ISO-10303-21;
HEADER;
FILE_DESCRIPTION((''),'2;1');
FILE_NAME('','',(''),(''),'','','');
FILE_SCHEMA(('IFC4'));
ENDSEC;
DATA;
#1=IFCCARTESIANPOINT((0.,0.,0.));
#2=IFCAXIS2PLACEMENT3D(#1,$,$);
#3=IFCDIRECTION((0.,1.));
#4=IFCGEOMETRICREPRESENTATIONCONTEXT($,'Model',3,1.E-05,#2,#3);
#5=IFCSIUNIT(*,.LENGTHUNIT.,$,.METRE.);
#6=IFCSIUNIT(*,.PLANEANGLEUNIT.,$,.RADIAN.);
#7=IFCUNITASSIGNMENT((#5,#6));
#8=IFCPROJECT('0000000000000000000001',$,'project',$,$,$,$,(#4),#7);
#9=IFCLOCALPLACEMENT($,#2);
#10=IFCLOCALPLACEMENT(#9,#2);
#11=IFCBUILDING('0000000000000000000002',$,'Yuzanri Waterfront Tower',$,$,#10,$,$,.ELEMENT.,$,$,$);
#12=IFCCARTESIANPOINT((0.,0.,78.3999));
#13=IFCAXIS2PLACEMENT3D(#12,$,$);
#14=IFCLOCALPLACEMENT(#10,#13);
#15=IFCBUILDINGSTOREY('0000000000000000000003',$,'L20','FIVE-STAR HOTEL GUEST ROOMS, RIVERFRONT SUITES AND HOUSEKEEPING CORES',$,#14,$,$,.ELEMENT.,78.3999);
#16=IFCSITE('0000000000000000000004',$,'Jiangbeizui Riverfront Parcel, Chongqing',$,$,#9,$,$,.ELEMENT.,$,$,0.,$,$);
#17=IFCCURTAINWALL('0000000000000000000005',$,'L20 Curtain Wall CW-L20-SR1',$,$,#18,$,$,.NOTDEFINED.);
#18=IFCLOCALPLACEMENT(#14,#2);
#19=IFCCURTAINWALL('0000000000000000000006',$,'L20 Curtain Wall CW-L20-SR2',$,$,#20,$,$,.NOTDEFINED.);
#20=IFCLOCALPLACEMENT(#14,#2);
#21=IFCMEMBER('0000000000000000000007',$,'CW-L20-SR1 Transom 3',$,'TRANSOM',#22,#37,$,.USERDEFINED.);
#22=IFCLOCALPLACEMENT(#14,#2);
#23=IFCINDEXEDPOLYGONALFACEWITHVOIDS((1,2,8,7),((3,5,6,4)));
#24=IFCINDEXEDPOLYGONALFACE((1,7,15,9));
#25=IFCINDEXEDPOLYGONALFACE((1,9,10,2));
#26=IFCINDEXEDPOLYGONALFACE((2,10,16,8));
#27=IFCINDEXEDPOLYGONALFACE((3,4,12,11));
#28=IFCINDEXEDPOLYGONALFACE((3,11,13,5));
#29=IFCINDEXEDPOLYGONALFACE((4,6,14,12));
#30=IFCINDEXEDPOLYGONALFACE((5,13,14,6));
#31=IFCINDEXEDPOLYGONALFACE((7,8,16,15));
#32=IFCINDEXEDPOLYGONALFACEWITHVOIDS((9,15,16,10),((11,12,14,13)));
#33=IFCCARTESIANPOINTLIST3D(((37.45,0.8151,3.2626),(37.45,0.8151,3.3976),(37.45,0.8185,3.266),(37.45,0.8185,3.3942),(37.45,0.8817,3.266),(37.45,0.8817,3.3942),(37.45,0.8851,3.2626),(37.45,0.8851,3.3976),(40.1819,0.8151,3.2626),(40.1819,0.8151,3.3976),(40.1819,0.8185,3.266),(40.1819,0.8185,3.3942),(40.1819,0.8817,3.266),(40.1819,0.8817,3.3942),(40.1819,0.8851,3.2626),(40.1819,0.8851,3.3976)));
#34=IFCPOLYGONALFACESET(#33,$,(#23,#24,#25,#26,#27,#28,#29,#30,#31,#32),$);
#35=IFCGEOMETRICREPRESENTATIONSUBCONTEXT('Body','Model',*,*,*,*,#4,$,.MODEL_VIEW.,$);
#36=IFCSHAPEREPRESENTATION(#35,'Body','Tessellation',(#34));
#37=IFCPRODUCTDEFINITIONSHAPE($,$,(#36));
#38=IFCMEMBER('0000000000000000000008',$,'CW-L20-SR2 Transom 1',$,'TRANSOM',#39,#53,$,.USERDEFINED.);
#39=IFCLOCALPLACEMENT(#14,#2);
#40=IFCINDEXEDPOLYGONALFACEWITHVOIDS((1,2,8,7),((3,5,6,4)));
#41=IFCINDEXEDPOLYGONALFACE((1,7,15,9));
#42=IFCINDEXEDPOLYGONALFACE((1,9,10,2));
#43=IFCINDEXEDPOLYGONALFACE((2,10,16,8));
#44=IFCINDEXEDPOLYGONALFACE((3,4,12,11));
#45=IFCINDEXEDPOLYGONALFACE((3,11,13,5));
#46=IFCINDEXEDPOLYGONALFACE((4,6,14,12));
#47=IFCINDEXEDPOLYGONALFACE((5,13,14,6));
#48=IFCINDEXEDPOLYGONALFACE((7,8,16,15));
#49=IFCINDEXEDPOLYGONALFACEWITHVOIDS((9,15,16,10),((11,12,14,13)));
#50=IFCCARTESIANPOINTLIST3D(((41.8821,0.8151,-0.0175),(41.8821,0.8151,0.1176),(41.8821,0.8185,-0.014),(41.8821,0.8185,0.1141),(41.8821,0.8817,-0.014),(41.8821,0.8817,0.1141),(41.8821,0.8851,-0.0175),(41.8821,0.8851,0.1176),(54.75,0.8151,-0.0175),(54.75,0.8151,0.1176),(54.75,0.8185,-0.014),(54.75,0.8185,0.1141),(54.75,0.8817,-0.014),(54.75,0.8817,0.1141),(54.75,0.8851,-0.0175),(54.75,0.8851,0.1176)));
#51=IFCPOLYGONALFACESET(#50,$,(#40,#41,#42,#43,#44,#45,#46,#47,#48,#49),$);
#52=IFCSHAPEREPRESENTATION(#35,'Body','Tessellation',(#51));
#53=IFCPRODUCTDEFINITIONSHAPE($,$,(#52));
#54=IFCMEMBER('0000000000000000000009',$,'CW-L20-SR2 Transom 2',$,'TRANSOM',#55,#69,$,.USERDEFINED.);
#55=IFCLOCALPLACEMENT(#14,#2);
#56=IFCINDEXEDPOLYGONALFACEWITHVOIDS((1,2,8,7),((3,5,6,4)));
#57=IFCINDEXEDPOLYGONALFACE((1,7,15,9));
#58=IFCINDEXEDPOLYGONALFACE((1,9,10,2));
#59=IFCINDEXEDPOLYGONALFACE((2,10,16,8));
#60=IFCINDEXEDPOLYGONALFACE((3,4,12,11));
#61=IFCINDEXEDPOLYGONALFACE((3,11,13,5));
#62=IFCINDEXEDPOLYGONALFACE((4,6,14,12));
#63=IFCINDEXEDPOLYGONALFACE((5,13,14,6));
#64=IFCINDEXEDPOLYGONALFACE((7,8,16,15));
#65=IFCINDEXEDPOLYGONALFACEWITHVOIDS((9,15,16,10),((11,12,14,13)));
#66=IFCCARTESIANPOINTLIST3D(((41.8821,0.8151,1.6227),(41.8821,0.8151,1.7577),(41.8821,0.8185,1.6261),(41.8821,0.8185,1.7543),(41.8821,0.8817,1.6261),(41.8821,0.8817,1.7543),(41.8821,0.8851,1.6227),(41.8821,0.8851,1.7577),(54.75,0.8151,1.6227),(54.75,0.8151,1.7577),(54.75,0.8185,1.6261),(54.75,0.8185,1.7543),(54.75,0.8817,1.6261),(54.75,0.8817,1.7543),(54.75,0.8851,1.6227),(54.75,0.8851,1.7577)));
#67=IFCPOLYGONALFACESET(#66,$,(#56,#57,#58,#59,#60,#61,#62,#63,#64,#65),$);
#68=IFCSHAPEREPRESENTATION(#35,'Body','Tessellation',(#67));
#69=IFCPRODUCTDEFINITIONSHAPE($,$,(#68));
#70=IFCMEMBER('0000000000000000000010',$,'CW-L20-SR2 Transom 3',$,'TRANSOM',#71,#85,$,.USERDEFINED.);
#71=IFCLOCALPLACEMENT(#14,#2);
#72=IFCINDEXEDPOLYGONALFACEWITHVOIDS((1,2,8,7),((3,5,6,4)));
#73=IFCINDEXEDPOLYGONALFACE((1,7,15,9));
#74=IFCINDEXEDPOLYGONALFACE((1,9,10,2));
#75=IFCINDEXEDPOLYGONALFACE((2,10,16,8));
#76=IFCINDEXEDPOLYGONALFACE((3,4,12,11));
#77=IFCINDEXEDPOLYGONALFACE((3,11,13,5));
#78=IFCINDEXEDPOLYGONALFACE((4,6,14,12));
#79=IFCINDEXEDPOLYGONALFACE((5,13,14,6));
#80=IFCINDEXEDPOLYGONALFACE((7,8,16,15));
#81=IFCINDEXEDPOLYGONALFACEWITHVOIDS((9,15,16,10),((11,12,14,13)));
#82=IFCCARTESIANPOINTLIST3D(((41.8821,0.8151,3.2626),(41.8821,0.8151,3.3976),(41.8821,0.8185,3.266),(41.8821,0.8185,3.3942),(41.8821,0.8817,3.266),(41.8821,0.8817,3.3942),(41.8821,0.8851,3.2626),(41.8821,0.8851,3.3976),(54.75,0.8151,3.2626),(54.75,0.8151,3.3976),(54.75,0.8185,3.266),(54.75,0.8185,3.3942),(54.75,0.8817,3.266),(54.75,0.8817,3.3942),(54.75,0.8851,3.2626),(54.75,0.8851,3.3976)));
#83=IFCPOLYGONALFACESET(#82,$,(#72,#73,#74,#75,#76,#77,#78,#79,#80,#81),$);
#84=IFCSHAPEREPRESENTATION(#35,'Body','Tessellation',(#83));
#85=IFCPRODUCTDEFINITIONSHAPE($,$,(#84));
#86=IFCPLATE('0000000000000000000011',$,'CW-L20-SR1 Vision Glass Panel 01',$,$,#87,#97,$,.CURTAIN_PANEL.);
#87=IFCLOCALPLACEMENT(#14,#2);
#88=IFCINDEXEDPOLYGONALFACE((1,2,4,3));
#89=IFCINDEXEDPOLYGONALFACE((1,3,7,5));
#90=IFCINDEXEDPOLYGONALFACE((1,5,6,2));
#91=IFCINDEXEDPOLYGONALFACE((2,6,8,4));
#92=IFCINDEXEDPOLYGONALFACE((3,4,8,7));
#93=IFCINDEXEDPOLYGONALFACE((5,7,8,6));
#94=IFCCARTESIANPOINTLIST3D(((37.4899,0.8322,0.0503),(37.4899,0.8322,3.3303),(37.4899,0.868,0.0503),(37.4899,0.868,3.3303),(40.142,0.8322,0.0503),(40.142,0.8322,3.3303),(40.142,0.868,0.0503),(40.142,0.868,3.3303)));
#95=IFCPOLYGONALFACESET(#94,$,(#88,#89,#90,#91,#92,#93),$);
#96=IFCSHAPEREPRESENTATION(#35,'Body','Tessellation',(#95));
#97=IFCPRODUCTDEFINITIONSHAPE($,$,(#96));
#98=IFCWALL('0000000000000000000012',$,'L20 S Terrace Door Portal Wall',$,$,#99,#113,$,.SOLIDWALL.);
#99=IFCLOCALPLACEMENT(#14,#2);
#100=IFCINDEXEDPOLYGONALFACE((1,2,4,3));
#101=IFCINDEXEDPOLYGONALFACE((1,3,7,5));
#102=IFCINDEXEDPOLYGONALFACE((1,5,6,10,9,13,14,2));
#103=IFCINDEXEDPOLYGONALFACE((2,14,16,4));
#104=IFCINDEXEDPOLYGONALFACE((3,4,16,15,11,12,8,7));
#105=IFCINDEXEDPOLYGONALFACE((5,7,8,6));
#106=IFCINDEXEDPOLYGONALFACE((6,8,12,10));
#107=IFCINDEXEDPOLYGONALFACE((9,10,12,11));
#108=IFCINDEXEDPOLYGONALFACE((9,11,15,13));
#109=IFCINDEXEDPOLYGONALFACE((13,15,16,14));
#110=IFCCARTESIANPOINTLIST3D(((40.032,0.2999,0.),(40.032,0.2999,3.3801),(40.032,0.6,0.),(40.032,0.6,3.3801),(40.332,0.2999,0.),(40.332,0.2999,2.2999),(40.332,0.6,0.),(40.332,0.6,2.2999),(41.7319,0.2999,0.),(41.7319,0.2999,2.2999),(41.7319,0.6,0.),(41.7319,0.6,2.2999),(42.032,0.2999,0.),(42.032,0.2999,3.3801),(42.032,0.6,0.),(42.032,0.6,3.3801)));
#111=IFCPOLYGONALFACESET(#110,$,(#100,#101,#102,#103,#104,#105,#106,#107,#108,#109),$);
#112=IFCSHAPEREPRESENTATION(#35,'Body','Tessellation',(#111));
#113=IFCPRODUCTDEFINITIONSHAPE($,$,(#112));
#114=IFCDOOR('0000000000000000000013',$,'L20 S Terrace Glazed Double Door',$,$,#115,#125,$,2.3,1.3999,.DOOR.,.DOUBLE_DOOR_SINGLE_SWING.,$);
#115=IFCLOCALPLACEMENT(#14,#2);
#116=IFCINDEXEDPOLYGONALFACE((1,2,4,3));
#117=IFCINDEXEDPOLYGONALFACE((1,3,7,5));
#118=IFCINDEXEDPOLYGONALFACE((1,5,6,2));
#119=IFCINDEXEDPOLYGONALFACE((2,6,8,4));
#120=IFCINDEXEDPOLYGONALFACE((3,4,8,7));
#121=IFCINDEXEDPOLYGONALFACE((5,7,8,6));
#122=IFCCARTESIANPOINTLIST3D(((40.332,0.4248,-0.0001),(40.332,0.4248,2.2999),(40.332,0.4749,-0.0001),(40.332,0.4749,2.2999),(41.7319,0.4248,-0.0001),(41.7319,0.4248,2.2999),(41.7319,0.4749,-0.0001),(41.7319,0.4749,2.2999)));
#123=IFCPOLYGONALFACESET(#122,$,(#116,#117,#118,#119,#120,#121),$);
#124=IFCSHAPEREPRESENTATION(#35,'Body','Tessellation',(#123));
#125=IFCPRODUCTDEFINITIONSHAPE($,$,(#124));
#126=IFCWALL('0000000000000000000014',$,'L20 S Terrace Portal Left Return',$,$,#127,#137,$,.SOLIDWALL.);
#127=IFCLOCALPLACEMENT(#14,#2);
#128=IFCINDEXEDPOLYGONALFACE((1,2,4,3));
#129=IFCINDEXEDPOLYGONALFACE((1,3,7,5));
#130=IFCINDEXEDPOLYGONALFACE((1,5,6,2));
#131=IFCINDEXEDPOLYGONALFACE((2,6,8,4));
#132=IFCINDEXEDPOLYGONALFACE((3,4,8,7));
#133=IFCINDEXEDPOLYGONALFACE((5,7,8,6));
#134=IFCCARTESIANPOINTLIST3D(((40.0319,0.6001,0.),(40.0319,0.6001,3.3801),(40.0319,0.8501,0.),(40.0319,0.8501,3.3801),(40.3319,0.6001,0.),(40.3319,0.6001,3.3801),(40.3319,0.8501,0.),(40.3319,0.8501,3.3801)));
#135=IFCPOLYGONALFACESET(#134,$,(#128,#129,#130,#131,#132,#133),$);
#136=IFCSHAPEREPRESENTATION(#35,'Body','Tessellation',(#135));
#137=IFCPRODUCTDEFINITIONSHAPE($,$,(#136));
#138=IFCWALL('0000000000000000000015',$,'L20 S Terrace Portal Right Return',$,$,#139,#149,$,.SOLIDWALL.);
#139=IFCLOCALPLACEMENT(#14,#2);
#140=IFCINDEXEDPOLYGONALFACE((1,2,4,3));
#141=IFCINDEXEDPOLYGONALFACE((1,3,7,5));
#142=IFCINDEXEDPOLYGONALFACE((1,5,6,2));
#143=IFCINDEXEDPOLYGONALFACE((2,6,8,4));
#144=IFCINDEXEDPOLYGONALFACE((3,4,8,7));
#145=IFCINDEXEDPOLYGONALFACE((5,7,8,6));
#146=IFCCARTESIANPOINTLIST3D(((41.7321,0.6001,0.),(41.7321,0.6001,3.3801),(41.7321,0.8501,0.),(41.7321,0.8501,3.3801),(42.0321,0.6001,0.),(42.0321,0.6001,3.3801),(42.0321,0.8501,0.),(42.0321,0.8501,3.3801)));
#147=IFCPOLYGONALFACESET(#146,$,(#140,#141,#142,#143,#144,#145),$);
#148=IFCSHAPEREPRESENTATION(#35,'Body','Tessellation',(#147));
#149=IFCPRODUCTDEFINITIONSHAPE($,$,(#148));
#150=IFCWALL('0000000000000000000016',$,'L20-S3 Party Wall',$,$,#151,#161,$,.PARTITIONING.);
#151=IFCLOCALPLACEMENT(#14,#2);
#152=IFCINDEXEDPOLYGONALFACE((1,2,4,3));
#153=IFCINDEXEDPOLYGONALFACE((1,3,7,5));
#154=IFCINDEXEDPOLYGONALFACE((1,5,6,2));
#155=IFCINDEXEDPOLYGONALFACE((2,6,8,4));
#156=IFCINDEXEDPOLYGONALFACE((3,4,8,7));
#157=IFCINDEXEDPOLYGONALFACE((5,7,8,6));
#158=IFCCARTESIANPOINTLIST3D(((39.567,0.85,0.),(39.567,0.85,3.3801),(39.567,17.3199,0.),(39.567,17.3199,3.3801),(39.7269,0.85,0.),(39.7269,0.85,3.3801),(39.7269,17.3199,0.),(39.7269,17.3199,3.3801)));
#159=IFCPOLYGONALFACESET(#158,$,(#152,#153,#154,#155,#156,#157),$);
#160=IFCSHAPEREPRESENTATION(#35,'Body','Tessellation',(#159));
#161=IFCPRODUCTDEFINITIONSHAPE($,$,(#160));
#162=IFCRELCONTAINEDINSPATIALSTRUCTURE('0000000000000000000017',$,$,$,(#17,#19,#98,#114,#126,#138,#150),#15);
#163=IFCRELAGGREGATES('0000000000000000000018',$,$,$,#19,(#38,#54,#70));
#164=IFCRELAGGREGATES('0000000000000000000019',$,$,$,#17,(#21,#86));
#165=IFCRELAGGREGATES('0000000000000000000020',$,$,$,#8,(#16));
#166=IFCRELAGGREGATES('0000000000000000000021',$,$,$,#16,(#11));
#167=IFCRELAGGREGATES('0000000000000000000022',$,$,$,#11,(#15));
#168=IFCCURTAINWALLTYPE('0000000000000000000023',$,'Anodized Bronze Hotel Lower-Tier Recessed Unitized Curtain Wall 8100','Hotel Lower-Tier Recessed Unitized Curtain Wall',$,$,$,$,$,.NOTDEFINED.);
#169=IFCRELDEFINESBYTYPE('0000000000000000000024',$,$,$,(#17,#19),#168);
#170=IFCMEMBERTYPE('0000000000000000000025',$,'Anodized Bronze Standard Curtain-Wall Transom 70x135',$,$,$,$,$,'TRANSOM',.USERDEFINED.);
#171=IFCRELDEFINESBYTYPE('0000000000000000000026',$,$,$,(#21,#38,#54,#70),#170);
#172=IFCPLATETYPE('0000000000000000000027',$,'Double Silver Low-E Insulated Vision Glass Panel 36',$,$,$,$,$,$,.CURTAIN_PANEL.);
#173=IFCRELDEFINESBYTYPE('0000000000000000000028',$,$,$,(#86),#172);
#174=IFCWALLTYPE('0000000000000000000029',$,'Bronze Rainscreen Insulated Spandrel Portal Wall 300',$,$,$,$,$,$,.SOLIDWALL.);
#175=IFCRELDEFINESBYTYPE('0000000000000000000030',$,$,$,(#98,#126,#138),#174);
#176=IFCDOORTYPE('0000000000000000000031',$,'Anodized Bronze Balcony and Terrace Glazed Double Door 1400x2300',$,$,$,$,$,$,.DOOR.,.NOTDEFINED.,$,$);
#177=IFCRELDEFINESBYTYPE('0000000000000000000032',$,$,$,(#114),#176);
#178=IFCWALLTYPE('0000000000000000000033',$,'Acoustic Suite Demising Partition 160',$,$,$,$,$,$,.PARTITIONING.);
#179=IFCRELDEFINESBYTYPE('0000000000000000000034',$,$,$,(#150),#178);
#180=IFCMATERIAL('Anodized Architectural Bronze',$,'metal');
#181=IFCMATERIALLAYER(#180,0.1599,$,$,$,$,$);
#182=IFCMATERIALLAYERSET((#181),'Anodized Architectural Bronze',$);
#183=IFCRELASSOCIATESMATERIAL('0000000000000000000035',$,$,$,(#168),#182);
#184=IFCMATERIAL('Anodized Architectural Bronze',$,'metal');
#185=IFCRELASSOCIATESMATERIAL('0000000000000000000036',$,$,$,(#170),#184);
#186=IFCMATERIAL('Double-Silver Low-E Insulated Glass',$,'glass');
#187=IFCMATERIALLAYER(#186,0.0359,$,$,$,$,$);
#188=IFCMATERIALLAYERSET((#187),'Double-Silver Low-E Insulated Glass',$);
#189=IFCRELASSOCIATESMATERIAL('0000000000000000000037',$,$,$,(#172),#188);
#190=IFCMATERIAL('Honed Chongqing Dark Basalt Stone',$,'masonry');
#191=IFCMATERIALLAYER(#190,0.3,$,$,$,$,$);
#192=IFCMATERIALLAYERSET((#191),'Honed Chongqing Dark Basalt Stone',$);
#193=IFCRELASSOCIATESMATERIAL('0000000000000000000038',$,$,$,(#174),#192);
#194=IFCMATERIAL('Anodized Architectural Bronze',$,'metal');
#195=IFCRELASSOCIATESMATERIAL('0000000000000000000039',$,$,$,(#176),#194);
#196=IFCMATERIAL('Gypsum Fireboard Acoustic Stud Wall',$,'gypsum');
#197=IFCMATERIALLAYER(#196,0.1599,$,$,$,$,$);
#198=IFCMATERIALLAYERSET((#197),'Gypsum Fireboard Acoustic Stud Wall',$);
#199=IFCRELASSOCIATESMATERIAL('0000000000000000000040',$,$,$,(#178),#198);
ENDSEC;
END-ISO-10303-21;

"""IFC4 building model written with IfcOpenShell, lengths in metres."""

from ifc_helpers import new_model, si_unit, direction, frame, frame_2d, origin, origin_2d, place, context, subcontext, project, spatial, rectangle, hollow_rectangle, extrude, source, transform, mapped, material, layer, layer_set, material_profile, profile_set, type_object, element, fill, aggregate, save


model = new_model("IFC4")

# Units and contexts
model_context = context("Model", 3, precision=1e-05, world=origin(), true_north=direction((0.0, 1.0)))
body_context = subcontext(model_context, "Body", "Model", "MODEL_VIEW")
ifc_project = project(units=[si_unit("LENGTHUNIT", "METRE"), si_unit("PLANEANGLEUNIT", "RADIAN")], contexts=[model_context])

# Site, building, storey
site_placement = place(None, origin())
site = spatial("IfcSite", under=ifc_project, at=site_placement, Name="Jiangbeizui Riverfront Parcel, Chongqing", CompositionType="ELEMENT", RefElevation=0.0)
building_placement = place(site_placement, origin())
building = spatial("IfcBuilding", under=site, at=building_placement, Name="Yuzanri Waterfront Tower", CompositionType="ELEMENT")
storey_placement = place(building_placement, frame((0.0, 0.0, 78.3999)))
storey = spatial("IfcBuildingStorey", under=building, at=storey_placement, Name="L20", Description="FIVE-STAR HOTEL GUEST ROOMS, RIVERFRONT SUITES AND HOUSEKEEPING CORES", CompositionType="ELEMENT", Elevation=78.3999)

# Curtain walls
ifc_material_1 = material(Name="Anodized Architectural Bronze", Category="metal")
ifc_layer_1 = layer(ifc_material_1, 0.1599)
ifc_layer_set_1 = layer_set([ifc_layer_1], Name="Anodized Architectural Bronze")
curtain_wall_type = type_object("IfcCurtainWallType", Name="Anodized Bronze Hotel Lower-Tier Recessed Unitized Curtain Wall 8100", Description="Hotel Lower-Tier Recessed Unitized Curtain Wall", PredefinedType="NOTDEFINED", material=ifc_layer_set_1)
curtain_wall_1_placement = place(storey_placement, origin())
curtain_wall_1 = element("IfcCurtainWall", 1, at=curtain_wall_1_placement, inside=storey, type_object=curtain_wall_type, Name="L20 Curtain Wall CW-L20-SR1", PredefinedType="NOTDEFINED")
curtain_wall_2_placement = place(storey_placement, origin())
curtain_wall_2 = element("IfcCurtainWall", 2, at=curtain_wall_2_placement, inside=storey, type_object=curtain_wall_type, Name="L20 Curtain Wall CW-L20-SR2", PredefinedType="NOTDEFINED")

# Members
ifc_material_2 = material(Name="Anodized Architectural Bronze", Category="metal")
ifc_material_profile_1 = material_profile(ifc_material_2, hollow_rectangle(XDim=0.0701, YDim=0.135, WallThickness=0.0034, at=origin_2d()), Name="CWT 70x135")
ifc_profile_set_1 = profile_set([ifc_material_profile_1], Name="Anodized Architectural Bronze")
member_type_1 = type_object("IfcMemberType", Name="Anodized Bronze Standard Curtain-Wall Transom 70x135", ElementType="TRANSOM", PredefinedType="USERDEFINED", material=ifc_profile_set_1)
shared_shape_1 = source(origin(), body_context, "Body", "SweptSolid", [
    extrude(hollow_rectangle(XDim=0.0701, YDim=0.135, WallThickness=0.0034, at=origin_2d()), origin(), (0.0, 0.0, 1.0), 2.7319),
])
member_1_placement = place(storey_placement, frame((37.45, 0.8501, 3.3301), z_axis=(1.0, 0.0, 0.0), x_axis=(0.0, 1.0, 0.0)))
member_1 = element("IfcMember", 3, at=member_1_placement, type_object=member_type_1, Name="CW-L20-SR1 Transom 3", ObjectType="TRANSOM", PredefinedType="USERDEFINED", context=body_context, shape_type="MappedRepresentation", body=[
    mapped(shared_shape_1, transform((0.0, 0.0, 0.0), scale=1.0)),
])
shared_shape_2 = source(origin(), body_context, "Body", "SweptSolid", [
    extrude(hollow_rectangle(XDim=0.0701, YDim=0.135, WallThickness=0.0034, at=origin_2d()), origin(), (0.0, 0.0, 1.0), 12.8679),
])
member_2_placement = place(storey_placement, frame((41.8821, 0.8501, 0.05), z_axis=(1.0, 0.0, 0.0), x_axis=(0.0, 1.0, 0.0)))
member_2 = element("IfcMember", 4, at=member_2_placement, type_object=member_type_1, Name="CW-L20-SR2 Transom 1", ObjectType="TRANSOM", PredefinedType="USERDEFINED", context=body_context, shape_type="MappedRepresentation", body=[
    mapped(shared_shape_2, transform((0.0, 0.0, 0.0), scale=1.0)),
])
member_3_placement = place(storey_placement, frame((41.8821, 0.8501, 1.6902), z_axis=(1.0, 0.0, 0.0), x_axis=(0.0, 1.0, 0.0)))
member_3 = element("IfcMember", 5, at=member_3_placement, type_object=member_type_1, Name="CW-L20-SR2 Transom 2", ObjectType="TRANSOM", PredefinedType="USERDEFINED", context=body_context, shape_type="MappedRepresentation", body=[
    mapped(shared_shape_2, transform((0.0, 0.0, 0.0), scale=1.0)),
])
member_4_placement = place(storey_placement, frame((41.8821, 0.8501, 3.3301), z_axis=(1.0, 0.0, 0.0), x_axis=(0.0, 1.0, 0.0)))
member_4 = element("IfcMember", 6, at=member_4_placement, type_object=member_type_1, Name="CW-L20-SR2 Transom 3", ObjectType="TRANSOM", PredefinedType="USERDEFINED", context=body_context, shape_type="MappedRepresentation", body=[
    mapped(shared_shape_2, transform((0.0, 0.0, 0.0), scale=1.0)),
])
aggregate(curtain_wall_2, [member_2, member_3, member_4])

# Plate
ifc_material_3 = material(Name="Double-Silver Low-E Insulated Glass", Category="glass")
ifc_layer_2 = layer(ifc_material_3, 0.0359)
ifc_layer_set_2 = layer_set([ifc_layer_2], Name="Double-Silver Low-E Insulated Glass")
plate_type = type_object("IfcPlateType", Name="Double Silver Low-E Insulated Vision Glass Panel 36", PredefinedType="CURTAIN_PANEL", material=ifc_layer_set_2)
shared_shape_3 = source(origin(), body_context, "Body", "SweptSolid", [
    extrude(rectangle(XDim=2.6521, YDim=0.0359, at=origin_2d()), origin(), (0.0, 0.0, 1.0), 3.28),
])
plate_placement = place(storey_placement, frame((38.8159, 0.8501, 0.0503), z_axis=(0.0, 0.0, 1.0), x_axis=(1.0, 0.0, 0.0)))
plate = element("IfcPlate", 7, at=plate_placement, type_object=plate_type, Name="CW-L20-SR1 Vision Glass Panel 01", PredefinedType="CURTAIN_PANEL", context=body_context, shape_type="MappedRepresentation", body=[
    mapped(shared_shape_3, transform((0.0, 0.0, 0.0), scale=1.0)),
])
aggregate(curtain_wall_1, [member_1, plate])

# Wall, opening, door
ifc_material_4 = material(Name="Honed Chongqing Dark Basalt Stone", Category="masonry")
ifc_layer_3 = layer(ifc_material_4, 0.3)
ifc_layer_set_3 = layer_set([ifc_layer_3], Name="Honed Chongqing Dark Basalt Stone")
wall_type_1 = type_object("IfcWallType", Name="Bronze Rainscreen Insulated Spandrel Portal Wall 300", PredefinedType="SOLIDWALL", material=ifc_layer_set_3)
wall_1_placement = place(storey_placement, frame((40.032, 0.45, 0.0), z_axis=(0.0, 0.0, 1.0), x_axis=(1.0, 0.0, 0.0)))
wall_1 = element("IfcWall", 8, at=wall_1_placement, inside=storey, type_object=wall_type_1, Name="L20 S Terrace Door Portal Wall", PredefinedType="SOLIDWALL", context=body_context, shape_type="SweptSolid", body=[
    extrude(rectangle(XDim=2.0, YDim=0.3, at=frame_2d((1.0, 0.0))), origin(), (0.0, 0.0, 1.0), 3.3801),
])
opening_placement = place(wall_1_placement, frame((0.3, 0.0, 0.0)))
opening = element("IfcOpeningElement", 9, at=opening_placement, cuts=wall_1, PredefinedType="OPENING", context=body_context, shape_type="SweptSolid", body=[
    extrude(rectangle(XDim=1.3999, YDim=2.3, at=frame_2d((0.7, 1.1499))), frame((0.0, 0.165, 0.0), z_axis=(0.0, -1.0, 0.0), x_axis=(1.0, 0.0, 0.0)), (0.0, 0.0, 1.0), 0.3298),
])
ifc_material_5 = material(Name="Anodized Architectural Bronze", Category="metal")
door_type = type_object("IfcDoorType", Name="Anodized Bronze Balcony and Terrace Glazed Double Door 1400x2300", OperationType="NOTDEFINED", PredefinedType="DOOR", material=ifc_material_5)
shared_shape_4 = source(origin(), body_context, "Body", "SweptSolid", [
    extrude(rectangle(XDim=1.3999, YDim=2.3, at=frame_2d((0.7, 1.1499))), frame((0.0, 0.0249, 0.0), z_axis=(0.0, -1.0, 0.0), x_axis=(1.0, 0.0, 0.0)), (0.0, 0.0, 1.0), 0.05),
])
door_placement = place(opening_placement, origin())
door = element("IfcDoor", 10, at=door_placement, inside=storey, type_object=door_type, Name="L20 S Terrace Glazed Double Door", OperationType="DOUBLE_DOOR_SINGLE_SWING", OverallHeight=2.3, OverallWidth=1.3999, PredefinedType="DOOR", context=body_context, shape_type="MappedRepresentation", body=[
    mapped(shared_shape_4, transform((0.0, 0.0, 0.0), scale=1.0)),
])
fill(opening, door)

# Walls
shared_shape_5 = source(origin(), body_context, "Body", "SweptSolid", [
    extrude(rectangle(XDim=0.25, YDim=0.3, at=frame_2d((0.125, 0.0))), origin(), (0.0, 0.0, 1.0), 3.3801),
])
for number, where, z_axis, x_axis, name in (
    (11, (40.1819, 0.8501, 0.0), (0.0, 0.0, 1.0), (0.0, -1.0, 0.0), "L20 S Terrace Portal Left Return"),
    (12, (41.8821, 0.6001, 0.0), (0.0, 0.0, 1.0), (0.0, 1.0, 0.0), "L20 S Terrace Portal Right Return"),
):
    element("IfcWall", number, at=place(storey_placement, frame(where, z_axis=z_axis, x_axis=x_axis)), inside=storey, type_object=wall_type_1, Name=name, PredefinedType="SOLIDWALL", context=body_context, shape_type="MappedRepresentation", body=[
        mapped(shared_shape_5, transform((0.0, 0.0, 0.0), scale=1.0)),
    ])
ifc_material_6 = material(Name="Gypsum Fireboard Acoustic Stud Wall", Category="gypsum")
ifc_layer_4 = layer(ifc_material_6, 0.1599)
ifc_layer_set_4 = layer_set([ifc_layer_4], Name="Gypsum Fireboard Acoustic Stud Wall")
wall_type_2 = type_object("IfcWallType", Name="Acoustic Suite Demising Partition 160", PredefinedType="PARTITIONING", material=ifc_layer_set_4)
shared_shape_6 = source(origin(), body_context, "Body", "SweptSolid", [
    extrude(rectangle(XDim=16.47, YDim=0.1599, at=frame_2d((8.2349, 0.0))), origin(), (0.0, 0.0, 1.0), 3.3801),
])
wall_2_placement = place(storey_placement, frame((39.647, 0.8501, 0.0), z_axis=(0.0, 0.0, 1.0), x_axis=(0.0, 1.0, 0.0)))
element("IfcWall", 13, at=wall_2_placement, inside=storey, type_object=wall_type_2, Name="L20-S3 Party Wall", PredefinedType="PARTITIONING", context=body_context, shape_type="MappedRepresentation", body=[
    mapped(shared_shape_6, transform((0.0, 0.0, 0.0), scale=1.0)),
])

save(model, "model.ifc")
